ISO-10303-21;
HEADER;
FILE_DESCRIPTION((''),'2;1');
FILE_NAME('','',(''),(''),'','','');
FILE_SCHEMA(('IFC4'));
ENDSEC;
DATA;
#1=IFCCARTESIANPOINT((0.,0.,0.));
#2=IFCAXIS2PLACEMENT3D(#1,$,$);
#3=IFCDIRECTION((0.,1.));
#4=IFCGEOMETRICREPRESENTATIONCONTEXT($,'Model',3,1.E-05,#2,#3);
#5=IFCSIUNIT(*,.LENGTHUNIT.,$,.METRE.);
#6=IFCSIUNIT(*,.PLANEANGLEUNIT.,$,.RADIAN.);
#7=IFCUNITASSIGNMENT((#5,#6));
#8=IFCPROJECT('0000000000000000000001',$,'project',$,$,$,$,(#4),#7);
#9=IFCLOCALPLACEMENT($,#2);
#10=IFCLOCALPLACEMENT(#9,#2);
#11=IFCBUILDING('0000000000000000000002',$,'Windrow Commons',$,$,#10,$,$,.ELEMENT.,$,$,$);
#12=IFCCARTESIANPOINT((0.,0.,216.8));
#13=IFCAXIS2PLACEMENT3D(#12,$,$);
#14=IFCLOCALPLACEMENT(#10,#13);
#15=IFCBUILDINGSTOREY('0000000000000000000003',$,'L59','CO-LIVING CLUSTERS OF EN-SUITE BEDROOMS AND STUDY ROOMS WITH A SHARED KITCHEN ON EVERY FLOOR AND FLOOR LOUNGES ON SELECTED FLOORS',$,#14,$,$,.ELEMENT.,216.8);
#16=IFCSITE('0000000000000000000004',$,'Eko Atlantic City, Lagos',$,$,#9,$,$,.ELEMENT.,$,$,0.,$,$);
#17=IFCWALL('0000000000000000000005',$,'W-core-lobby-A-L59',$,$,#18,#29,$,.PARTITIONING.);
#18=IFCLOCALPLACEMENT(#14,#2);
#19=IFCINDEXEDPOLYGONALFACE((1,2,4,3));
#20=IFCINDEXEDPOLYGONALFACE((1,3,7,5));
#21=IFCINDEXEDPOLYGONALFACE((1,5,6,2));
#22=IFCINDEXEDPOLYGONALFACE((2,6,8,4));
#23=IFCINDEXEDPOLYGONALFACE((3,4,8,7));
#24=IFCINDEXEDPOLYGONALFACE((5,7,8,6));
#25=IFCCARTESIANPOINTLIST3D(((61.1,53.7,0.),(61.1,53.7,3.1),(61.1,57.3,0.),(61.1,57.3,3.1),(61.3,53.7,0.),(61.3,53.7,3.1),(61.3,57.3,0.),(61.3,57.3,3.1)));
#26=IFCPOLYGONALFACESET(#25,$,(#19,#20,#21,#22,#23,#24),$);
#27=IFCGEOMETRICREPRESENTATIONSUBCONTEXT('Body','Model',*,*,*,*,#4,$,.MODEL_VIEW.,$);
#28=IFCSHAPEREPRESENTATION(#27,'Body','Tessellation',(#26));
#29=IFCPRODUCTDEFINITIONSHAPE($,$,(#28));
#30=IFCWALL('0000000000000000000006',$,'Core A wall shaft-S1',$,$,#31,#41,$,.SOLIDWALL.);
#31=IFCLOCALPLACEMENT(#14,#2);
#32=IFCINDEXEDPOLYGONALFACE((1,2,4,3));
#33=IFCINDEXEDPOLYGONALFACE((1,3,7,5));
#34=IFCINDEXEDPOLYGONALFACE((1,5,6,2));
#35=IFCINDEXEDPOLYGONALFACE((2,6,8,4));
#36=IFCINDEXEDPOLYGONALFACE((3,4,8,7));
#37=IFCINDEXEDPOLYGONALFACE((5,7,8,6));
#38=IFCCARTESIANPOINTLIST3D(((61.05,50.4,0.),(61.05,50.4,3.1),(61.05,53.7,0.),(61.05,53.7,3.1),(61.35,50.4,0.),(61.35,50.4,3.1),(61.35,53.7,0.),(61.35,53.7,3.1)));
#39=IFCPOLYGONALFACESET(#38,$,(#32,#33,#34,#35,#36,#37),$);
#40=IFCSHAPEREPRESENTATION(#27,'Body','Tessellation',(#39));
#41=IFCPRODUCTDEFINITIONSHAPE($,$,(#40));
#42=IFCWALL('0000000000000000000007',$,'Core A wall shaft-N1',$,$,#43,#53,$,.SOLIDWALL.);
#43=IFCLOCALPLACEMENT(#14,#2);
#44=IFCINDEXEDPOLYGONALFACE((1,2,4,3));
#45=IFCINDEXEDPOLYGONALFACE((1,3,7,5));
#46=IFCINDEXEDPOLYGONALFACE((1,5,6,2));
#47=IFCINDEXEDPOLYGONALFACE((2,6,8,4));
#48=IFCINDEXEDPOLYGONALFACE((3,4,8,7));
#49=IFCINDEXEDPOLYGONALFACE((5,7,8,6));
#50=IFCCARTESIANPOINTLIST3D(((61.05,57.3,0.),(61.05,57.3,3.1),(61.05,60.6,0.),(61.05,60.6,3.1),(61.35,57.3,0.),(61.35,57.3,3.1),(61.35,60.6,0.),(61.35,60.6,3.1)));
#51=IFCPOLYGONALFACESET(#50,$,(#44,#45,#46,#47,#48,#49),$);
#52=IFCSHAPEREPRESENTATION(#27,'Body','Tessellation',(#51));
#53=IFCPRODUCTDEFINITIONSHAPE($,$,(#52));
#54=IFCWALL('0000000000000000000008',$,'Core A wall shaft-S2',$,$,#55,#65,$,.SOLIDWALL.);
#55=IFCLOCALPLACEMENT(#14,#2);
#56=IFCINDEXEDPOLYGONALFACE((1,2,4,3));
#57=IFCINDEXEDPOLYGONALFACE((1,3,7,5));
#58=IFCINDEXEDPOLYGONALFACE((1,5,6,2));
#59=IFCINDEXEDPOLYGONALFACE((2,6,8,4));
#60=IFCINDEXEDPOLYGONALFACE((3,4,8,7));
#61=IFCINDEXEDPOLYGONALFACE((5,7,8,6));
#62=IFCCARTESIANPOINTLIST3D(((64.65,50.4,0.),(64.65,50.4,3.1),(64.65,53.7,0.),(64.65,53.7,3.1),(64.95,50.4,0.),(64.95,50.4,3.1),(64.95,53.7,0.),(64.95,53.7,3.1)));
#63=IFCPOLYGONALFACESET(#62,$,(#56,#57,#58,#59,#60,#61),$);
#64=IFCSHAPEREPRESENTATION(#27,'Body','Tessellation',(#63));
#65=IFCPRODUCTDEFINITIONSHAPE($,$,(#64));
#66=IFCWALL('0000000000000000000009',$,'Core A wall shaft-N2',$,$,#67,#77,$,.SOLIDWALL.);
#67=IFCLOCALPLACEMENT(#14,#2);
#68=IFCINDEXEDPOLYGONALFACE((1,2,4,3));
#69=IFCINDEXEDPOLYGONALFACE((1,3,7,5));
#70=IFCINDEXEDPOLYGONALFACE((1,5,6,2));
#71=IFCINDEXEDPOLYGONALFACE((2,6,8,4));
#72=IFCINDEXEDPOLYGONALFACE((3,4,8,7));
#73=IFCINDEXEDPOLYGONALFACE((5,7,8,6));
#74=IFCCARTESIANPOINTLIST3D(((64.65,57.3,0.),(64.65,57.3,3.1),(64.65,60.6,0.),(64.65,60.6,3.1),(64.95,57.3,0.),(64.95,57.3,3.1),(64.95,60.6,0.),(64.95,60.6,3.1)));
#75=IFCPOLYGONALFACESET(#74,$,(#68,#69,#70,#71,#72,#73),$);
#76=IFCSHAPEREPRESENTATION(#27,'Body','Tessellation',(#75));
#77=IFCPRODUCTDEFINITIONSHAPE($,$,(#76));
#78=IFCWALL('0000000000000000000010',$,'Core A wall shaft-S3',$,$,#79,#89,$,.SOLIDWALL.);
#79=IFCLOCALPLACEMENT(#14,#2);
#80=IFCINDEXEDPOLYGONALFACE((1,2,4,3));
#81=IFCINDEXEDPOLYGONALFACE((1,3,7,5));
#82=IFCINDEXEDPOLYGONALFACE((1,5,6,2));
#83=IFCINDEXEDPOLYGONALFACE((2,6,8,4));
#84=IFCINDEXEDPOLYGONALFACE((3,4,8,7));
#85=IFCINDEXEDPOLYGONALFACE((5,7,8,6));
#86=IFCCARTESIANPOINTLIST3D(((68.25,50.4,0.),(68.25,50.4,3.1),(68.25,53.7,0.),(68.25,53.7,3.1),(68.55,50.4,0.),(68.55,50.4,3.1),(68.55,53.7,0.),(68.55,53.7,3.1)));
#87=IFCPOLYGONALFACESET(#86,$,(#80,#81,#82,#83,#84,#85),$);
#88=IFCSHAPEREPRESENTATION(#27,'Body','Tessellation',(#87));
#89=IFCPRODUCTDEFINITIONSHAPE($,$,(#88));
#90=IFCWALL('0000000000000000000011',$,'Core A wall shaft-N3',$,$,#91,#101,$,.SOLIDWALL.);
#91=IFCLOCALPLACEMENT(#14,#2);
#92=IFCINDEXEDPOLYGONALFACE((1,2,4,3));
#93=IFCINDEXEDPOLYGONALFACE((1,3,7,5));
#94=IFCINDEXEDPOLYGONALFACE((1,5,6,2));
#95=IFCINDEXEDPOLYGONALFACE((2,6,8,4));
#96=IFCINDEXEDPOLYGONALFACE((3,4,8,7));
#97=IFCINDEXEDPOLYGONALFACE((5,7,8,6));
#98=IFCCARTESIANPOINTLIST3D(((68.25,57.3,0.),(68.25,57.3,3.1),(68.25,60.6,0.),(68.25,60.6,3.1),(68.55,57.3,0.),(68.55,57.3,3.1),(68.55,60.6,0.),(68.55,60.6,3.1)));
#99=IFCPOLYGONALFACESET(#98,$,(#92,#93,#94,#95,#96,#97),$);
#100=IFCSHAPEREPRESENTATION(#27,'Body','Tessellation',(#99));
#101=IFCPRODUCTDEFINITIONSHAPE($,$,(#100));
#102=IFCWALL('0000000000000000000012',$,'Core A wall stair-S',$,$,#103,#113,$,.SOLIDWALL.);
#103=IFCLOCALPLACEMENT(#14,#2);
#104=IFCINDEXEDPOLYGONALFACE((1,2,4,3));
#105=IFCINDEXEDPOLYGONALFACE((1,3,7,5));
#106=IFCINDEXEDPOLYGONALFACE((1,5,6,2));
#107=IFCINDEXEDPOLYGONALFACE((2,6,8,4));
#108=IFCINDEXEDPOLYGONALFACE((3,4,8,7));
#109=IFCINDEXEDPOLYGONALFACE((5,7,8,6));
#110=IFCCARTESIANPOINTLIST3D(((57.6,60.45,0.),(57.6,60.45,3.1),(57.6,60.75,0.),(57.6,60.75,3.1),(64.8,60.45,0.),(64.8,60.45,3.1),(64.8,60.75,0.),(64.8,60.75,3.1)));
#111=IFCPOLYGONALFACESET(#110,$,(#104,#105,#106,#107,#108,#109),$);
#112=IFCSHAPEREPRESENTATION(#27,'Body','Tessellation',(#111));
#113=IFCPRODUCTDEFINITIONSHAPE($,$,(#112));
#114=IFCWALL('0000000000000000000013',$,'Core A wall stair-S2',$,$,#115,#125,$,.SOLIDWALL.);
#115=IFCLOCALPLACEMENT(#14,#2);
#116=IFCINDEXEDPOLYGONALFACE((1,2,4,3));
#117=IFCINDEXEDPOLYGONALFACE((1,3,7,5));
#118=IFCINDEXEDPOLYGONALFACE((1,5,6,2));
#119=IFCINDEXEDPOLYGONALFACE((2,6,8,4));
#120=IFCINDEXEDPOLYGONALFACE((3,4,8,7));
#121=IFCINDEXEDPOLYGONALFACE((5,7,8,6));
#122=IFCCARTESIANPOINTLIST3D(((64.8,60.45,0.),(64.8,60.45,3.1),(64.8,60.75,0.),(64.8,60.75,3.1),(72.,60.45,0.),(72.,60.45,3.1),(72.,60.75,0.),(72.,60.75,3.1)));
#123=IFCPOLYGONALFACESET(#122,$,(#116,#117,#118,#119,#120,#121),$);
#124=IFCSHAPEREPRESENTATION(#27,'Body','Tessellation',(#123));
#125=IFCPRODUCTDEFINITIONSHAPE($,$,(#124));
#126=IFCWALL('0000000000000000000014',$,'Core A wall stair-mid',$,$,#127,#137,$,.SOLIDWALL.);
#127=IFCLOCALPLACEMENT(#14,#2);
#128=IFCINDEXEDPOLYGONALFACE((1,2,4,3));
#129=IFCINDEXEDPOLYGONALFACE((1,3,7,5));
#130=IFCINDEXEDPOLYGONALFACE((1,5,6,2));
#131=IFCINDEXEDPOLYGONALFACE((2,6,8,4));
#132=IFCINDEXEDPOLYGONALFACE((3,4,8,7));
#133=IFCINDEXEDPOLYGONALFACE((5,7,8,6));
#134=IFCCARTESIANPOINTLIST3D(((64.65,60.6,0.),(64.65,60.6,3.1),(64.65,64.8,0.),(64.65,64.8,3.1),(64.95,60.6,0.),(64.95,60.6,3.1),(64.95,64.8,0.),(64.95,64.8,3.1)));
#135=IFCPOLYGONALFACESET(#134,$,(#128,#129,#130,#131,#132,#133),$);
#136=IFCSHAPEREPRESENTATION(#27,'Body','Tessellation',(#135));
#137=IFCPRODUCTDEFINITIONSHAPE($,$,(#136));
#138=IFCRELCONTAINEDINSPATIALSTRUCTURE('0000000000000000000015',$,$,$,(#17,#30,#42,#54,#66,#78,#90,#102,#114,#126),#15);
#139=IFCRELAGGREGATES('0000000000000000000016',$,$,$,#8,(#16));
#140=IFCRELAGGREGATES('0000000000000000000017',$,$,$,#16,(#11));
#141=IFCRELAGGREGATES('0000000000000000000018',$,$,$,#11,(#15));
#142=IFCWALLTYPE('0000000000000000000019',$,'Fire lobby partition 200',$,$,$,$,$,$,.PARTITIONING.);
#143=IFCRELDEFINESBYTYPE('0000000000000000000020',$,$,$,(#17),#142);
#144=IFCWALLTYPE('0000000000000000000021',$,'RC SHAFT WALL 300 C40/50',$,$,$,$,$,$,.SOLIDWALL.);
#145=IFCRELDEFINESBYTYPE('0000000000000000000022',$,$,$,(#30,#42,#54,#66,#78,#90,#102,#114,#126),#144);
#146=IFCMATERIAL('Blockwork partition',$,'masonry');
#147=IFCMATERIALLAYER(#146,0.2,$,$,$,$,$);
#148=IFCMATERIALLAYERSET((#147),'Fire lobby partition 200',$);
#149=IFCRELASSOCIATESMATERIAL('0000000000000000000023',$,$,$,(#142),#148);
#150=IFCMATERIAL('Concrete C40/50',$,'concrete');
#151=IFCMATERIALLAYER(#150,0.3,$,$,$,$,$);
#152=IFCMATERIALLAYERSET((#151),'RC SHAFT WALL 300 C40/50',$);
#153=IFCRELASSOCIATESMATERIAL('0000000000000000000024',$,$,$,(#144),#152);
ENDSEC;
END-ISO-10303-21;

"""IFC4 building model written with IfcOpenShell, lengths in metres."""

from ifc_helpers import new_model, si_unit, direction, frame, frame_2d, origin, place, context, subcontext, project, spatial, rectangle, extrude, material, layer, layer_set, type_object, element, save


model = new_model("IFC4")

# Units and contexts
model_context = context("Model", 3, precision=1e-05, world=origin(), true_north=direction((0.0, 1.0)))
body_context = subcontext(model_context, "Body", "Model", "MODEL_VIEW")
ifc_project = project(units=[si_unit("LENGTHUNIT", "METRE"), si_unit("PLANEANGLEUNIT", "RADIAN")], contexts=[model_context])

# Site, building, storey
site_placement = place(None, origin())
site = spatial("IfcSite", under=ifc_project, at=site_placement, Name="Eko Atlantic City, Lagos", CompositionType="ELEMENT", RefElevation=0.0)
building_placement = place(site_placement, origin())
building = spatial("IfcBuilding", under=site, at=building_placement, Name="Windrow Commons", CompositionType="ELEMENT")
storey_placement = place(building_placement, frame((0.0, 0.0, 216.8)))
storey = spatial("IfcBuildingStorey", under=building, at=storey_placement, Name="L59", Description="CO-LIVING CLUSTERS OF EN-SUITE BEDROOMS AND STUDY ROOMS WITH A SHARED KITCHEN ON EVERY FLOOR AND FLOOR LOUNGES ON SELECTED FLOORS", CompositionType="ELEMENT", Elevation=216.8)

# Walls
ifc_material_1 = material(Name="Blockwork partition", Category="masonry")
ifc_layer_1 = layer(ifc_material_1, 0.2)
ifc_layer_set_1 = layer_set([ifc_layer_1], Name="Fire lobby partition 200")
wall_type_1 = type_object("IfcWallType", Name="Fire lobby partition 200", PredefinedType="PARTITIONING", material=ifc_layer_set_1)
wall_1_placement = place(storey_placement, frame((61.2, 53.7, 0.0), z_axis=(0.0, 0.0, 1.0), x_axis=(0.0, 1.0, 0.0)))
element("IfcWall", 1, at=wall_1_placement, inside=storey, type_object=wall_type_1, Name="W-core-lobby-A-L59", PredefinedType="PARTITIONING", context=body_context, shape_type="SweptSolid", body=[
    extrude(rectangle(XDim=3.6, YDim=0.2, at=frame_2d((1.8, 0.0))), origin(), (0.0, 0.0, 1.0), 3.1),
])
ifc_material_2 = material(Name="Concrete C40/50", Category="concrete")
ifc_layer_2 = layer(ifc_material_2, 0.3)
ifc_layer_set_2 = layer_set([ifc_layer_2], Name="RC SHAFT WALL 300 C40/50")
wall_type_2 = type_object("IfcWallType", Name="RC SHAFT WALL 300 C40/50", PredefinedType="SOLIDWALL", material=ifc_layer_set_2)
for number, where, z_axis, x_axis, name in (
    (2, (61.2, 50.4, 0.0), (0.0, 0.0, 1.0), (0.0, 1.0, 0.0), "Core A wall shaft-S1"),
    (3, (61.2, 57.3, 0.0), (0.0, 0.0, 1.0), (0.0, 1.0, 0.0), "Core A wall shaft-N1"),
    (4, (64.8, 50.4, 0.0), (0.0, 0.0, 1.0), (0.0, 1.0, 0.0), "Core A wall shaft-S2"),
    (5, (64.8, 57.3, 0.0), (0.0, 0.0, 1.0), (0.0, 1.0, 0.0), "Core A wall shaft-N2"),
    (6, (68.4, 50.4, 0.0), (0.0, 0.0, 1.0), (0.0, 1.0, 0.0), "Core A wall shaft-S3"),
    (7, (68.4, 57.3, 0.0), (0.0, 0.0, 1.0), (0.0, 1.0, 0.0), "Core A wall shaft-N3"),
):
    element("IfcWall", number, at=place(storey_placement, frame(where, z_axis=z_axis, x_axis=x_axis)), inside=storey, type_object=wall_type_2, Name=name, PredefinedType="SOLIDWALL", context=body_context, shape_type="SweptSolid", body=[
        extrude(rectangle(XDim=3.3, YDim=0.3, at=frame_2d((1.65, 0.0))), origin(), (0.0, 0.0, 1.0), 3.1),
    ])
for number, where, z_axis, x_axis, name in (
    (8, (57.6, 60.6, 0.0), (0.0, 0.0, 1.0), (1.0, 0.0, 0.0), "Core A wall stair-S"),
    (9, (64.8, 60.6, 0.0), (0.0, 0.0, 1.0), (1.0, 0.0, 0.0), "Core A wall stair-S2"),
):
    element("IfcWall", number, at=place(storey_placement, frame(where, z_axis=z_axis, x_axis=x_axis)), inside=storey, type_object=wall_type_2, Name=name, PredefinedType="SOLIDWALL", context=body_context, shape_type="SweptSolid", body=[
        extrude(rectangle(XDim=7.2, YDim=0.3, at=frame_2d((3.6, 0.0))), origin(), (0.0, 0.0, 1.0), 3.1),
    ])
wall_2_placement = place(storey_placement, frame((64.8, 60.6, 0.0), z_axis=(0.0, 0.0, 1.0), x_axis=(0.0, 1.0, 0.0)))
element("IfcWall", 10, at=wall_2_placement, inside=storey, type_object=wall_type_2, Name="Core A wall stair-mid", PredefinedType="SOLIDWALL", context=body_context, shape_type="SweptSolid", body=[
    extrude(rectangle(XDim=4.2, YDim=0.3, at=frame_2d((2.1, 0.0))), origin(), (0.0, 0.0, 1.0), 3.1),
])

save(model, "model.ifc")
